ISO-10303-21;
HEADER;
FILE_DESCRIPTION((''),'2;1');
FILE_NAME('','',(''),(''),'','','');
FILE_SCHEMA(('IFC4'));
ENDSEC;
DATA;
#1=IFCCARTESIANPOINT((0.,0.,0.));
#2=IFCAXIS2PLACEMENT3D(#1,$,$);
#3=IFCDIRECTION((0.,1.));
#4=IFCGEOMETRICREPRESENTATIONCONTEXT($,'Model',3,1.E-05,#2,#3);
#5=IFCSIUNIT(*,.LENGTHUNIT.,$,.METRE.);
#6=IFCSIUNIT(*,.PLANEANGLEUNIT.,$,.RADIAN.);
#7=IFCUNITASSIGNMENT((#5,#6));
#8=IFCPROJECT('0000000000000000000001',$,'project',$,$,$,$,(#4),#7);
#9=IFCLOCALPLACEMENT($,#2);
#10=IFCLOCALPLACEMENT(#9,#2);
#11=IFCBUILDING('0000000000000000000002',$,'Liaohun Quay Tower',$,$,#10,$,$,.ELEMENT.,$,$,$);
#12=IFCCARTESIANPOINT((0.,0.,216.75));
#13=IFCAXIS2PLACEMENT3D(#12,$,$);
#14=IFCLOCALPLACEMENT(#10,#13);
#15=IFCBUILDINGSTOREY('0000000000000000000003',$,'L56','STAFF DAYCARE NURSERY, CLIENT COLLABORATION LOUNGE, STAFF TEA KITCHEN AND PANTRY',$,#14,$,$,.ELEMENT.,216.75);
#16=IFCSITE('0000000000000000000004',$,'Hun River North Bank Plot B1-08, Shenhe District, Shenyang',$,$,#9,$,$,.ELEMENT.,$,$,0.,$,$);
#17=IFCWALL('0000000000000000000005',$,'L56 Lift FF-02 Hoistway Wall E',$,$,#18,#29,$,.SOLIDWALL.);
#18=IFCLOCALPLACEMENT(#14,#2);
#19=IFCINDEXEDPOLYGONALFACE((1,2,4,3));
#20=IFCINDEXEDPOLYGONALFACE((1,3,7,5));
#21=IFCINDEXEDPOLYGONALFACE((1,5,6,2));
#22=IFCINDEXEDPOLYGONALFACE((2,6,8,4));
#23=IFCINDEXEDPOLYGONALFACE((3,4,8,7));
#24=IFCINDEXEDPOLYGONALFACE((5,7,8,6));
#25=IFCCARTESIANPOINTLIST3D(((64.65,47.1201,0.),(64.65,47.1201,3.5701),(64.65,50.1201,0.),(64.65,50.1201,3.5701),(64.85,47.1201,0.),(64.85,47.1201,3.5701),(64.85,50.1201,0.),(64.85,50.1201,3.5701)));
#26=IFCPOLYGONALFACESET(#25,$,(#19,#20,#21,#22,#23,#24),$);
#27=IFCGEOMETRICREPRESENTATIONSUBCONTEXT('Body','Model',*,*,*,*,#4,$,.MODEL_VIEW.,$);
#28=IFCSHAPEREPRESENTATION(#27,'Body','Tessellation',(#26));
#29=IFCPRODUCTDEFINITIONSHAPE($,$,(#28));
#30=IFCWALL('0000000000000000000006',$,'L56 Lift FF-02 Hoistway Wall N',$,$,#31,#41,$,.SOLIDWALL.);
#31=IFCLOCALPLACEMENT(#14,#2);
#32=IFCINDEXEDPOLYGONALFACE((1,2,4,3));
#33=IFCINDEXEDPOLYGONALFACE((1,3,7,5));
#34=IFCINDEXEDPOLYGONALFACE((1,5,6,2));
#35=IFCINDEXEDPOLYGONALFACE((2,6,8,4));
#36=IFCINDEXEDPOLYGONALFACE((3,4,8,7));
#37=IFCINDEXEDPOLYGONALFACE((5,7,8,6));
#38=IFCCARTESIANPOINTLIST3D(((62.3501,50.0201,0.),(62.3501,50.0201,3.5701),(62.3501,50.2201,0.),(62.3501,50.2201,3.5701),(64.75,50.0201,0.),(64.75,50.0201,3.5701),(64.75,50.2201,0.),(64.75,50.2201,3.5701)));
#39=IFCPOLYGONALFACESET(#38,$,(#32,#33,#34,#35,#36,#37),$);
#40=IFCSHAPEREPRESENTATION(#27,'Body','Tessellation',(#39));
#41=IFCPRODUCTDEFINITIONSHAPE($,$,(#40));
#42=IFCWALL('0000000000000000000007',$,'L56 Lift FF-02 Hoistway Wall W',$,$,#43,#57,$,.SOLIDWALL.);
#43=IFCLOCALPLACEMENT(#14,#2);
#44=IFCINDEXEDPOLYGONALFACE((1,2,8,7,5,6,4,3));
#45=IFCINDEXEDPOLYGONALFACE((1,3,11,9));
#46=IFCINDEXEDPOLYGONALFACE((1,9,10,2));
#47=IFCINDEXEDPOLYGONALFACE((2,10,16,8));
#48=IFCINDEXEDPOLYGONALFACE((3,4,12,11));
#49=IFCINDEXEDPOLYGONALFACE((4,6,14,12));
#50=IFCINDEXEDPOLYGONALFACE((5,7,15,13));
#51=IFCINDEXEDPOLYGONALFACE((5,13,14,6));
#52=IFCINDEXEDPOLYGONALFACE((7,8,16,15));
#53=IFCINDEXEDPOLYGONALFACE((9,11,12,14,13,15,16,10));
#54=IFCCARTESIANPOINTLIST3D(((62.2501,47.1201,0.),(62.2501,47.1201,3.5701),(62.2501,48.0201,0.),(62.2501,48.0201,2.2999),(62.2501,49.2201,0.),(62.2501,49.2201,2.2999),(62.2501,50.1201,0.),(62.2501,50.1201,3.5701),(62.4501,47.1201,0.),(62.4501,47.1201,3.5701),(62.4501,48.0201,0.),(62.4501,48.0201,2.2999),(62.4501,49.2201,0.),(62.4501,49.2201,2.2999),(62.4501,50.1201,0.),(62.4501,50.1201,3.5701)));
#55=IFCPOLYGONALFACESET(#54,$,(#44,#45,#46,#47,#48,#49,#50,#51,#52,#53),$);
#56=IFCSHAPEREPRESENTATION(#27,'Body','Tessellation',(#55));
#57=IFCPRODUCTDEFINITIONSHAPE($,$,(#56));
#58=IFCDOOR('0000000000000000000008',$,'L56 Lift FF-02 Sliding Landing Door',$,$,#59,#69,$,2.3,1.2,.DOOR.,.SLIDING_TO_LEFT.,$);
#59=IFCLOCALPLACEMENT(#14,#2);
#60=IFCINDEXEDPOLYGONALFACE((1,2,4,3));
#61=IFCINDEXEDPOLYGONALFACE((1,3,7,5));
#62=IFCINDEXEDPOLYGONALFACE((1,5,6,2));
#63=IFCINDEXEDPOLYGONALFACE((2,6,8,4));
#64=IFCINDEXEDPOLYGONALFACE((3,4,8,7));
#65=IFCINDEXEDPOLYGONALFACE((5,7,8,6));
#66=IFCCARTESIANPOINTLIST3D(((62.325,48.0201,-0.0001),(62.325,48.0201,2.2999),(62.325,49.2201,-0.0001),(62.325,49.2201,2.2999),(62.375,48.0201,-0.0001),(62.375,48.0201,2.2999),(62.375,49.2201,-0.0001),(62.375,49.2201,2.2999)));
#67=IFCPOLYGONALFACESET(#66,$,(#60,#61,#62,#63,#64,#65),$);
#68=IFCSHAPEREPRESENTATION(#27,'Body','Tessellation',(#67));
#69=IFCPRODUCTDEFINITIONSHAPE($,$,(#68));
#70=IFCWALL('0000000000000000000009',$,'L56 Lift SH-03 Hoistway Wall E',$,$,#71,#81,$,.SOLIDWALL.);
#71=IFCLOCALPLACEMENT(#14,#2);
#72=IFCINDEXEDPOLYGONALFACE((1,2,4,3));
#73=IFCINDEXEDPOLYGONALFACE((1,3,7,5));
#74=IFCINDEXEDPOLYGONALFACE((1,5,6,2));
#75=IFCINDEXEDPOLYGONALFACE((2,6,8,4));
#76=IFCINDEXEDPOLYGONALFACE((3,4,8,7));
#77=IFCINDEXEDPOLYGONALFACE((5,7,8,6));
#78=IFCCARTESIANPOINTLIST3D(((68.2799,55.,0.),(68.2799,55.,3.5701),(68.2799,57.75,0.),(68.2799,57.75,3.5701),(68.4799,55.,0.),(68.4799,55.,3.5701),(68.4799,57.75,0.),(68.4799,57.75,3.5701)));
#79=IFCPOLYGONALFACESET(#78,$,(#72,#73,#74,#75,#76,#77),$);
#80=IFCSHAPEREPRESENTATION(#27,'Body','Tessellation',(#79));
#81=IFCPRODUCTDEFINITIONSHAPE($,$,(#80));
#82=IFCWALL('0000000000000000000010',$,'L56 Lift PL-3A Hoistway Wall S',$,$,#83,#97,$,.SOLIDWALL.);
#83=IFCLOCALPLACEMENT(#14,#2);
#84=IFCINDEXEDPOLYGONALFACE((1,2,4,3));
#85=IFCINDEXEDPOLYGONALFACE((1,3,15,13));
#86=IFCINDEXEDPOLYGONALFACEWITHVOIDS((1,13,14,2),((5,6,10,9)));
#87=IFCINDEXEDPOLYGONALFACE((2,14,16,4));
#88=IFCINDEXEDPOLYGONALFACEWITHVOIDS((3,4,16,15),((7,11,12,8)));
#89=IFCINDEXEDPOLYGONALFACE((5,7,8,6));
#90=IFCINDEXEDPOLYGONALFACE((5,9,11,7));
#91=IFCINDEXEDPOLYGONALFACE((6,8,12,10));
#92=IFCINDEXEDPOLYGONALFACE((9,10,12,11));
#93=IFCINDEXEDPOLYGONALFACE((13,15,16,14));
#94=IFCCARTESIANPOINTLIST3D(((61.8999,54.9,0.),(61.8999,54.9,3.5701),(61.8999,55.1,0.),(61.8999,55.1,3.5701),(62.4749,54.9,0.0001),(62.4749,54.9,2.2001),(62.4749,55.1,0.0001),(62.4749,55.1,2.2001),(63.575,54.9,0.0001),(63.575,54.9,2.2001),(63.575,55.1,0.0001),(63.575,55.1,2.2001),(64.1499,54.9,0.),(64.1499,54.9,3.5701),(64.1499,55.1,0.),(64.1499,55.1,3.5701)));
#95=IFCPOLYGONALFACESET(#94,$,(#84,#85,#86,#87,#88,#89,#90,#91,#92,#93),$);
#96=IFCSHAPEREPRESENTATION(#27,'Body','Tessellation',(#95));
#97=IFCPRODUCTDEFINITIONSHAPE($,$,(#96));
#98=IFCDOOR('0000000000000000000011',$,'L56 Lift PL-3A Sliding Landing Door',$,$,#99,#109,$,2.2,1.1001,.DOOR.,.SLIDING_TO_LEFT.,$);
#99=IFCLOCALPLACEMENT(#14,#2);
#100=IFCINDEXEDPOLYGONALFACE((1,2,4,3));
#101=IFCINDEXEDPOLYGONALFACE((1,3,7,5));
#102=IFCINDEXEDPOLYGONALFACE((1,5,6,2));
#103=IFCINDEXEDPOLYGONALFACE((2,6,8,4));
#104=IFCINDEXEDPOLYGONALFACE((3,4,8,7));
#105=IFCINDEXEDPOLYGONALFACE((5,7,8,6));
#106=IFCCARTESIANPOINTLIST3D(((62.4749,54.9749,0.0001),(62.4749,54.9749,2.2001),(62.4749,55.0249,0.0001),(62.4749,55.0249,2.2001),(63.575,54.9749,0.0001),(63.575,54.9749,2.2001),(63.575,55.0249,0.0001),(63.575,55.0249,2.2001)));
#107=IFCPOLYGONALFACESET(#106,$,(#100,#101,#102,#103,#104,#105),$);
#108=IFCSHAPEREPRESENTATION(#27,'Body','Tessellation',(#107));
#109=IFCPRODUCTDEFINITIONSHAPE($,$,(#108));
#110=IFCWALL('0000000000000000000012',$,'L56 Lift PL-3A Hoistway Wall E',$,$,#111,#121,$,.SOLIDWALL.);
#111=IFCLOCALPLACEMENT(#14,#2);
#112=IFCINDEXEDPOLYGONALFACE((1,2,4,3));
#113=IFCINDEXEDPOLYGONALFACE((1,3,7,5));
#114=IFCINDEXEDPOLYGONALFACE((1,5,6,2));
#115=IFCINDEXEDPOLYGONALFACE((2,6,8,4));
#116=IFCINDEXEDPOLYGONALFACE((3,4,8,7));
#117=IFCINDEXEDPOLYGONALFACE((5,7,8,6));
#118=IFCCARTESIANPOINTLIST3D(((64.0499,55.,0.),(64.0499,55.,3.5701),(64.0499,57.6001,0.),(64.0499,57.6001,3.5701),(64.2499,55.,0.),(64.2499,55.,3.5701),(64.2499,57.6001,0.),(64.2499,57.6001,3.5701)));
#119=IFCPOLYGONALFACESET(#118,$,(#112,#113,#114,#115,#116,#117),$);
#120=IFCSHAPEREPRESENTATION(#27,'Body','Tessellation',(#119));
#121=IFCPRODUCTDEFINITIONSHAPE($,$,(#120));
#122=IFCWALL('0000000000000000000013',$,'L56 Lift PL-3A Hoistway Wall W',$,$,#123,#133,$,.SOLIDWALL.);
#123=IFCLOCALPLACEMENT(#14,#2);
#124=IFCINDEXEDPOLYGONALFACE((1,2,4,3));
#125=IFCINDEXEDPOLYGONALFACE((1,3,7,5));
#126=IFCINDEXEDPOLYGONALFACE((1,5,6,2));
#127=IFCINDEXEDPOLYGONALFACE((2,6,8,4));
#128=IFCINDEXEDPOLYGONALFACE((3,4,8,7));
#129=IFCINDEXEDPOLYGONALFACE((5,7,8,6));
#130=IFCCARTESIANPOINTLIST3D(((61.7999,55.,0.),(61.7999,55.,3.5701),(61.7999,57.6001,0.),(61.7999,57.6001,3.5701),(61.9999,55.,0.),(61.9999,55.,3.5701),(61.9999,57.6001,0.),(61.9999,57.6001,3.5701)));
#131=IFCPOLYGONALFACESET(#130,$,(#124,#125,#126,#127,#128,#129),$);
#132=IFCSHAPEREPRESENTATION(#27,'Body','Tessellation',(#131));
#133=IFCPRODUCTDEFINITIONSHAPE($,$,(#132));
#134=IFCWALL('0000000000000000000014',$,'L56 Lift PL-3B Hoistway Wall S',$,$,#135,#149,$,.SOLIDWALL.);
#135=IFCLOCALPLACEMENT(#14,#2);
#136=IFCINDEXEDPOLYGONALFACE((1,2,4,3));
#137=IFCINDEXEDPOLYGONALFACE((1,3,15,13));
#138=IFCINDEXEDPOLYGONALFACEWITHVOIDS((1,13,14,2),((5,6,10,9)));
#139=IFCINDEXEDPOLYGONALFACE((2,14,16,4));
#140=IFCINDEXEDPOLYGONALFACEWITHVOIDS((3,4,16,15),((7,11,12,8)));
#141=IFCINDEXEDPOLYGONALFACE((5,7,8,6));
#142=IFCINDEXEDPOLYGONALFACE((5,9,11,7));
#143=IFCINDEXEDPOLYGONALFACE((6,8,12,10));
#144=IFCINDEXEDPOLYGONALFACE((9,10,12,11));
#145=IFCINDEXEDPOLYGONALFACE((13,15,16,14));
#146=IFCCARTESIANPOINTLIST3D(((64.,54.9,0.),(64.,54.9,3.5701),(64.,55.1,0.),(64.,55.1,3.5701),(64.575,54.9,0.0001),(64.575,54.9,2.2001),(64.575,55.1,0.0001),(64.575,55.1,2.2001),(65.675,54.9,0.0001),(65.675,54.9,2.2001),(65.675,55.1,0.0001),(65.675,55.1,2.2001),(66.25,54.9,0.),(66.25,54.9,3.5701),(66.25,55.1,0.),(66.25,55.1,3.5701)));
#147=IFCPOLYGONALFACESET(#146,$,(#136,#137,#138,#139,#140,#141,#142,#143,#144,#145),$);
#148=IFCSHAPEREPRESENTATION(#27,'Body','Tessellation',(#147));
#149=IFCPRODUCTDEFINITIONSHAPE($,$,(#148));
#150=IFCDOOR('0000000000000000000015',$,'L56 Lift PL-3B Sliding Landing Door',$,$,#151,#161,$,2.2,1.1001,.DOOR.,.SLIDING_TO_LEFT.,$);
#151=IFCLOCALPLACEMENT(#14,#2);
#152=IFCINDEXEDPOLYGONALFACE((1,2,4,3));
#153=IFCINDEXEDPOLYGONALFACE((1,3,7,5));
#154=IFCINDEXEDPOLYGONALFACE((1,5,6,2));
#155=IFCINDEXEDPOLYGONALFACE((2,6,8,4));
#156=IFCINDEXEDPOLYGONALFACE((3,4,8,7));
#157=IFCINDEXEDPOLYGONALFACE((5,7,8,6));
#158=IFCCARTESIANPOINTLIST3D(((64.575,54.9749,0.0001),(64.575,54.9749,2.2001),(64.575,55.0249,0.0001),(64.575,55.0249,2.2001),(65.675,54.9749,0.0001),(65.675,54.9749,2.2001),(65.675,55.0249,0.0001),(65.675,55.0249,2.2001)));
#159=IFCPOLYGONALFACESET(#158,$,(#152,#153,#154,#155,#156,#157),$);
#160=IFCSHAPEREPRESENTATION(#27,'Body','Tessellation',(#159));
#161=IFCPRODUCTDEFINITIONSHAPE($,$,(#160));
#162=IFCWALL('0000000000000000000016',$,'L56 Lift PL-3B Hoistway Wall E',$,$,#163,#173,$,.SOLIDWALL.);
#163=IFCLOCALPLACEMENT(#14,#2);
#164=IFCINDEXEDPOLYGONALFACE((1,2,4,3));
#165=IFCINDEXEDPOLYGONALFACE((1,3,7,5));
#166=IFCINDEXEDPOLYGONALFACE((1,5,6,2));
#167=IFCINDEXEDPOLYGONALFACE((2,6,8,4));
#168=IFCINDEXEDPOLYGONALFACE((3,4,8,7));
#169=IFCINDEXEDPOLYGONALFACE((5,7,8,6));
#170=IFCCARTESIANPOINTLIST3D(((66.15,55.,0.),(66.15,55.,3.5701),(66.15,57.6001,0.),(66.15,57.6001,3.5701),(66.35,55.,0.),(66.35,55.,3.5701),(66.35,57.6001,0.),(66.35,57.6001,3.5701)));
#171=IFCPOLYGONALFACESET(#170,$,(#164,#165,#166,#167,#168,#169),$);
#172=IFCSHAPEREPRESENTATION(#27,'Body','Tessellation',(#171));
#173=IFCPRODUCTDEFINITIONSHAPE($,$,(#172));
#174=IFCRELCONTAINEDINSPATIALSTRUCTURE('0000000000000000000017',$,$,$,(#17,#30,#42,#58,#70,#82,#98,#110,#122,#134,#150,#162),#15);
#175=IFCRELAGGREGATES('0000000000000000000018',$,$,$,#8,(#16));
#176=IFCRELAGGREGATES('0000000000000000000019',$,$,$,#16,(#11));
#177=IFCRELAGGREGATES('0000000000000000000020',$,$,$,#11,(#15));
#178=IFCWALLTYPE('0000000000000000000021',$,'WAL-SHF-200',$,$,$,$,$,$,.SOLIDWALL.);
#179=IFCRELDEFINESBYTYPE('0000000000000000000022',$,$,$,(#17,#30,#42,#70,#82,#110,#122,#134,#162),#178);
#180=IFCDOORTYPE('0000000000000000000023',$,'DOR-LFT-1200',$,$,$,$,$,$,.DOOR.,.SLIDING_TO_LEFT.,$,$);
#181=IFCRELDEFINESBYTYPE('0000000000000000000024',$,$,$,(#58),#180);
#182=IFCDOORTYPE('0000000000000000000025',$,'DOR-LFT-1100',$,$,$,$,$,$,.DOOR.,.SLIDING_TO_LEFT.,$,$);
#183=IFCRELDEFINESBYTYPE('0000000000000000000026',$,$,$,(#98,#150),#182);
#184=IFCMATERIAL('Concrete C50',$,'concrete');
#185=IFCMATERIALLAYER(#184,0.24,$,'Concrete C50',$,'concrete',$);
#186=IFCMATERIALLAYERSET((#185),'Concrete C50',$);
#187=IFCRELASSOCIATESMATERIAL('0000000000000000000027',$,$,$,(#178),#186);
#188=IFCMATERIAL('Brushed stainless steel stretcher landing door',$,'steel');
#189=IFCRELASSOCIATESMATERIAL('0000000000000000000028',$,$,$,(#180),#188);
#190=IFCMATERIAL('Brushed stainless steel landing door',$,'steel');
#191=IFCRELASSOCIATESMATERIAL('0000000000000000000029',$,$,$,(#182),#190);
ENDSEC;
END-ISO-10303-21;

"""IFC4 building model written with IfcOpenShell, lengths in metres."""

from ifc_helpers import new_model, si_unit, direction, frame, frame_2d, origin, place, context, subcontext, project, spatial, rectangle, extrude, source, transform, mapped, material, layer, layer_set, type_object, element, fill, save


model = new_model("IFC4")

# Units and contexts
model_context = context("Model", 3, precision=1e-05, world=origin(), true_north=direction((0.0, 1.0)))
body_context = subcontext(model_context, "Body", "Model", "MODEL_VIEW")
ifc_project = project(units=[si_unit("LENGTHUNIT", "METRE"), si_unit("PLANEANGLEUNIT", "RADIAN")], contexts=[model_context])

# Site, building, storey
site_placement = place(None, origin())
site = spatial("IfcSite", under=ifc_project, at=site_placement, Name="Hun River North Bank Plot B1-08, Shenhe District, Shenyang", CompositionType="ELEMENT", RefElevation=0.0)
building_placement = place(site_placement, origin())
building = spatial("IfcBuilding", under=site, at=building_placement, Name="Liaohun Quay Tower", CompositionType="ELEMENT")
storey_placement = place(building_placement, frame((0.0, 0.0, 216.75)))
storey = spatial("IfcBuildingStorey", under=building, at=storey_placement, Name="L56", Description="STAFF DAYCARE NURSERY, CLIENT COLLABORATION LOUNGE, STAFF TEA KITCHEN AND PANTRY", CompositionType="ELEMENT", Elevation=216.75)

# Walls
ifc_material_1 = material(Name="Concrete C50", Category="concrete")
ifc_layer_1 = layer(ifc_material_1, 0.24, Name="Concrete C50", Category="concrete")
ifc_layer_set_1 = layer_set([ifc_layer_1], Name="Concrete C50")
wall_type_1 = type_object("IfcWallType", Name="WAL-SHF-200", PredefinedType="SOLIDWALL", material=ifc_layer_set_1)
wall_1_placement = place(storey_placement, frame((64.75, 47.1201, 0.0), z_axis=(0.0, 0.0, 1.0), x_axis=(0.0, 1.0, 0.0)))
element("IfcWall", 1, at=wall_1_placement, inside=storey, type_object=wall_type_1, Name="L56 Lift FF-02 Hoistway Wall E", PredefinedType="SOLIDWALL", context=body_context, shape_type="SweptSolid", body=[
    extrude(rectangle(XDim=3.0, YDim=0.2, at=frame_2d((1.5, 0.0))), origin(), (0.0, 0.0, 1.0), 3.5701),
])
wall_2_placement = place(storey_placement, frame((64.75, 50.1201, 0.0), z_axis=(0.0, 0.0, 1.0), x_axis=(-1.0, 0.0, 0.0)))
element("IfcWall", 2, at=wall_2_placement, inside=storey, type_object=wall_type_1, Name="L56 Lift FF-02 Hoistway Wall N", PredefinedType="SOLIDWALL", context=body_context, shape_type="SweptSolid", body=[
    extrude(rectangle(XDim=2.3999, YDim=0.2, at=frame_2d((1.2, 0.0))), origin(), (0.0, 0.0, 1.0), 3.5701),
])

# Wall, opening, door
wall_3_placement = place(storey_placement, frame((62.3501, 50.1201, 0.0), z_axis=(0.0, 0.0, 1.0), x_axis=(0.0, -1.0, 0.0)))
wall_3 = element("IfcWall", 3, at=wall_3_placement, inside=storey, type_object=wall_type_1, Name="L56 Lift FF-02 Hoistway Wall W", PredefinedType="SOLIDWALL", context=body_context, shape_type="SweptSolid", body=[
    extrude(rectangle(XDim=3.0, YDim=0.2, at=frame_2d((1.5, 0.0))), origin(), (0.0, 0.0, 1.0), 3.5701),
])
shared_shape_1 = source(origin(), body_context, "Body", "SweptSolid", [
    extrude(rectangle(XDim=1.2, YDim=2.3, at=frame_2d((0.6001, 1.1499))), frame((0.0, 0.1099, 0.0), z_axis=(0.0, -1.0, 0.0), x_axis=(1.0, 0.0, 0.0)), (0.0, 0.0, 1.0), 0.22),
])
opening_1_placement = place(wall_3_placement, frame((0.8999, 0.0, 0.0)))
opening_1 = element("IfcOpeningElement", 4, at=opening_1_placement, cuts=wall_3, PredefinedType="OPENING", context=body_context, shape_type="MappedRepresentation", body=[
    mapped(shared_shape_1, transform((0.0, 0.0, 0.0), x_axis=(1.0, 0.0, 0.0), y_axis=(0.0, 1.0, 0.0), z_axis=(0.0, 0.0, 1.0), scale=1.0)),
])
ifc_material_2 = material(Name="Brushed stainless steel stretcher landing door", Category="steel")
door_type_1 = type_object("IfcDoorType", Name="DOR-LFT-1200", OperationType="SLIDING_TO_LEFT", PredefinedType="DOOR", material=ifc_material_2)
shared_shape_2 = source(origin(), body_context, "Body", "SweptSolid", [
    extrude(rectangle(XDim=1.2, YDim=2.3, at=frame_2d((0.6001, 1.1499))), frame((0.0, 0.0249, 0.0), z_axis=(0.0, -1.0, 0.0), x_axis=(1.0, 0.0, 0.0)), (0.0, 0.0, 1.0), 0.05),
])
door_1_placement = place(opening_1_placement, origin())
door_1 = element("IfcDoor", 5, at=door_1_placement, inside=storey, type_object=door_type_1, Name="L56 Lift FF-02 Sliding Landing Door", OperationType="SLIDING_TO_LEFT", OverallHeight=2.3, OverallWidth=1.2, PredefinedType="DOOR", context=body_context, shape_type="MappedRepresentation", body=[
    mapped(shared_shape_2, transform((0.0, 0.0, 0.0), x_axis=(1.0, 0.0, 0.0), y_axis=(0.0, 1.0, 0.0), z_axis=(0.0, 0.0, 1.0), scale=1.0)),
])
fill(opening_1, door_1)

# Wall
wall_4_placement = place(storey_placement, frame((68.3799, 55.0, 0.0), z_axis=(0.0, 0.0, 1.0), x_axis=(0.0, 1.0, 0.0)))
element("IfcWall", 6, at=wall_4_placement, inside=storey, type_object=wall_type_1, Name="L56 Lift SH-03 Hoistway Wall E", PredefinedType="SOLIDWALL", context=body_context, shape_type="SweptSolid", body=[
    extrude(rectangle(XDim=2.75, YDim=0.2, at=frame_2d((1.375, 0.0))), origin(), (0.0, 0.0, 1.0), 3.5701),
])

# Wall, opening, door
wall_5_placement = place(storey_placement, frame((61.8999, 55.0, 0.0), z_axis=(0.0, 0.0, 1.0), x_axis=(1.0, 0.0, 0.0)))
wall_5 = element("IfcWall", 7, at=wall_5_placement, inside=storey, type_object=wall_type_1, Name="L56 Lift PL-3A Hoistway Wall S", PredefinedType="SOLIDWALL", context=body_context, shape_type="SweptSolid", body=[
    extrude(rectangle(XDim=2.25, YDim=0.2, at=frame_2d((1.125, 0.0))), origin(), (0.0, 0.0, 1.0), 3.5701),
])
shared_shape_3 = source(origin(), body_context, "Body", "SweptSolid", [
    extrude(rectangle(XDim=1.1001, YDim=2.2, at=frame_2d((0.55, 1.1001))), frame((0.0, 0.1099, 0.0), z_axis=(0.0, -1.0, 0.0), x_axis=(1.0, 0.0, 0.0)), (0.0, 0.0, 1.0), 0.22),
])
opening_2_placement = place(wall_5_placement, frame((0.575, 0.0, 0.0)))
opening_2 = element("IfcOpeningElement", 8, at=opening_2_placement, cuts=wall_5, PredefinedType="OPENING", context=body_context, shape_type="MappedRepresentation", body=[
    mapped(shared_shape_3, transform((0.0, 0.0, 0.0), x_axis=(1.0, 0.0, 0.0), y_axis=(0.0, 1.0, 0.0), z_axis=(0.0, 0.0, 1.0), scale=1.0)),
])
ifc_material_3 = material(Name="Brushed stainless steel landing door", Category="steel")
door_type_2 = type_object("IfcDoorType", Name="DOR-LFT-1100", OperationType="SLIDING_TO_LEFT", PredefinedType="DOOR", material=ifc_material_3)
shared_shape_4 = source(origin(), body_context, "Body", "SweptSolid", [
    extrude(rectangle(XDim=1.1001, YDim=2.2, at=frame_2d((0.55, 1.1001))), frame((0.0, 0.0249, 0.0), z_axis=(0.0, -1.0, 0.0), x_axis=(1.0, 0.0, 0.0)), (0.0, 0.0, 1.0), 0.05),
])
door_2_placement = place(opening_2_placement, origin())
door_2 = element("IfcDoor", 9, at=door_2_placement, inside=storey, type_object=door_type_2, Name="L56 Lift PL-3A Sliding Landing Door", OperationType="SLIDING_TO_LEFT", OverallHeight=2.2, OverallWidth=1.1001, PredefinedType="DOOR", context=body_context, shape_type="MappedRepresentation", body=[
    mapped(shared_shape_4, transform((0.0, 0.0, 0.0), x_axis=(1.0, 0.0, 0.0), y_axis=(0.0, 1.0, 0.0), z_axis=(0.0, 0.0, 1.0), scale=1.0)),
])
fill(opening_2, door_2)

# Walls
for number, where, z_axis, x_axis, name in (
    (10, (64.1499, 55.0, 0.0), (0.0, 0.0, 1.0), (0.0, 1.0, 0.0), "L56 Lift PL-3A Hoistway Wall E"),
    (11, (61.8999, 57.6001, 0.0), (0.0, 0.0, 1.0), (0.0, -1.0, 0.0), "L56 Lift PL-3A Hoistway Wall W"),
):
    element("IfcWall", number, at=place(storey_placement, frame(where, z_axis=z_axis, x_axis=x_axis)), inside=storey, type_object=wall_type_1, Name=name, PredefinedType="SOLIDWALL", context=body_context, shape_type="SweptSolid", body=[
        extrude(rectangle(XDim=2.6001, YDim=0.2, at=frame_2d((1.3, 0.0))), origin(), (0.0, 0.0, 1.0), 3.5701),
    ])

# Wall, opening, door
wall_6_placement = place(storey_placement, frame((64.0, 55.0, 0.0), z_axis=(0.0, 0.0, 1.0), x_axis=(1.0, 0.0, 0.0)))
wall_6 = element("IfcWall", 12, at=wall_6_placement, inside=storey, type_object=wall_type_1, Name="L56 Lift PL-3B Hoistway Wall S", PredefinedType="SOLIDWALL", context=body_context, shape_type="SweptSolid", body=[
    extrude(rectangle(XDim=2.25, YDim=0.2, at=frame_2d((1.125, 0.0))), origin(), (0.0, 0.0, 1.0), 3.5701),
])
opening_3_placement = place(wall_6_placement, frame((0.575, 0.0, 0.0)))
opening_3 = element("IfcOpeningElement", 13, at=opening_3_placement, cuts=wall_6, PredefinedType="OPENING", context=body_context, shape_type="MappedRepresentation", body=[
    mapped(shared_shape_3, transform((0.0, 0.0, 0.0), x_axis=(1.0, 0.0, 0.0), y_axis=(0.0, 1.0, 0.0), z_axis=(0.0, 0.0, 1.0), scale=1.0)),
])
door_3_placement = place(opening_3_placement, origin())
door_3 = element("IfcDoor", 14, at=door_3_placement, inside=storey, type_object=door_type_2, Name="L56 Lift PL-3B Sliding Landing Door", OperationType="SLIDING_TO_LEFT", OverallHeight=2.2, OverallWidth=1.1001, PredefinedType="DOOR", context=body_context, shape_type="MappedRepresentation", body=[
    mapped(shared_shape_4, transform((0.0, 0.0, 0.0), x_axis=(1.0, 0.0, 0.0), y_axis=(0.0, 1.0, 0.0), z_axis=(0.0, 0.0, 1.0), scale=1.0)),
])
fill(opening_3, door_3)

# Wall
wall_7_placement = place(storey_placement, frame((66.25, 55.0, 0.0), z_axis=(0.0, 0.0, 1.0), x_axis=(0.0, 1.0, 0.0)))
element("IfcWall", 15, at=wall_7_placement, inside=storey, type_object=wall_type_1, Name="L56 Lift PL-3B Hoistway Wall E", PredefinedType="SOLIDWALL", context=body_context, shape_type="SweptSolid", body=[
    extrude(rectangle(XDim=2.6001, YDim=0.2, at=frame_2d((1.3, 0.0))), origin(), (0.0, 0.0, 1.0), 3.5701),
])

save(model, "model.ifc")
